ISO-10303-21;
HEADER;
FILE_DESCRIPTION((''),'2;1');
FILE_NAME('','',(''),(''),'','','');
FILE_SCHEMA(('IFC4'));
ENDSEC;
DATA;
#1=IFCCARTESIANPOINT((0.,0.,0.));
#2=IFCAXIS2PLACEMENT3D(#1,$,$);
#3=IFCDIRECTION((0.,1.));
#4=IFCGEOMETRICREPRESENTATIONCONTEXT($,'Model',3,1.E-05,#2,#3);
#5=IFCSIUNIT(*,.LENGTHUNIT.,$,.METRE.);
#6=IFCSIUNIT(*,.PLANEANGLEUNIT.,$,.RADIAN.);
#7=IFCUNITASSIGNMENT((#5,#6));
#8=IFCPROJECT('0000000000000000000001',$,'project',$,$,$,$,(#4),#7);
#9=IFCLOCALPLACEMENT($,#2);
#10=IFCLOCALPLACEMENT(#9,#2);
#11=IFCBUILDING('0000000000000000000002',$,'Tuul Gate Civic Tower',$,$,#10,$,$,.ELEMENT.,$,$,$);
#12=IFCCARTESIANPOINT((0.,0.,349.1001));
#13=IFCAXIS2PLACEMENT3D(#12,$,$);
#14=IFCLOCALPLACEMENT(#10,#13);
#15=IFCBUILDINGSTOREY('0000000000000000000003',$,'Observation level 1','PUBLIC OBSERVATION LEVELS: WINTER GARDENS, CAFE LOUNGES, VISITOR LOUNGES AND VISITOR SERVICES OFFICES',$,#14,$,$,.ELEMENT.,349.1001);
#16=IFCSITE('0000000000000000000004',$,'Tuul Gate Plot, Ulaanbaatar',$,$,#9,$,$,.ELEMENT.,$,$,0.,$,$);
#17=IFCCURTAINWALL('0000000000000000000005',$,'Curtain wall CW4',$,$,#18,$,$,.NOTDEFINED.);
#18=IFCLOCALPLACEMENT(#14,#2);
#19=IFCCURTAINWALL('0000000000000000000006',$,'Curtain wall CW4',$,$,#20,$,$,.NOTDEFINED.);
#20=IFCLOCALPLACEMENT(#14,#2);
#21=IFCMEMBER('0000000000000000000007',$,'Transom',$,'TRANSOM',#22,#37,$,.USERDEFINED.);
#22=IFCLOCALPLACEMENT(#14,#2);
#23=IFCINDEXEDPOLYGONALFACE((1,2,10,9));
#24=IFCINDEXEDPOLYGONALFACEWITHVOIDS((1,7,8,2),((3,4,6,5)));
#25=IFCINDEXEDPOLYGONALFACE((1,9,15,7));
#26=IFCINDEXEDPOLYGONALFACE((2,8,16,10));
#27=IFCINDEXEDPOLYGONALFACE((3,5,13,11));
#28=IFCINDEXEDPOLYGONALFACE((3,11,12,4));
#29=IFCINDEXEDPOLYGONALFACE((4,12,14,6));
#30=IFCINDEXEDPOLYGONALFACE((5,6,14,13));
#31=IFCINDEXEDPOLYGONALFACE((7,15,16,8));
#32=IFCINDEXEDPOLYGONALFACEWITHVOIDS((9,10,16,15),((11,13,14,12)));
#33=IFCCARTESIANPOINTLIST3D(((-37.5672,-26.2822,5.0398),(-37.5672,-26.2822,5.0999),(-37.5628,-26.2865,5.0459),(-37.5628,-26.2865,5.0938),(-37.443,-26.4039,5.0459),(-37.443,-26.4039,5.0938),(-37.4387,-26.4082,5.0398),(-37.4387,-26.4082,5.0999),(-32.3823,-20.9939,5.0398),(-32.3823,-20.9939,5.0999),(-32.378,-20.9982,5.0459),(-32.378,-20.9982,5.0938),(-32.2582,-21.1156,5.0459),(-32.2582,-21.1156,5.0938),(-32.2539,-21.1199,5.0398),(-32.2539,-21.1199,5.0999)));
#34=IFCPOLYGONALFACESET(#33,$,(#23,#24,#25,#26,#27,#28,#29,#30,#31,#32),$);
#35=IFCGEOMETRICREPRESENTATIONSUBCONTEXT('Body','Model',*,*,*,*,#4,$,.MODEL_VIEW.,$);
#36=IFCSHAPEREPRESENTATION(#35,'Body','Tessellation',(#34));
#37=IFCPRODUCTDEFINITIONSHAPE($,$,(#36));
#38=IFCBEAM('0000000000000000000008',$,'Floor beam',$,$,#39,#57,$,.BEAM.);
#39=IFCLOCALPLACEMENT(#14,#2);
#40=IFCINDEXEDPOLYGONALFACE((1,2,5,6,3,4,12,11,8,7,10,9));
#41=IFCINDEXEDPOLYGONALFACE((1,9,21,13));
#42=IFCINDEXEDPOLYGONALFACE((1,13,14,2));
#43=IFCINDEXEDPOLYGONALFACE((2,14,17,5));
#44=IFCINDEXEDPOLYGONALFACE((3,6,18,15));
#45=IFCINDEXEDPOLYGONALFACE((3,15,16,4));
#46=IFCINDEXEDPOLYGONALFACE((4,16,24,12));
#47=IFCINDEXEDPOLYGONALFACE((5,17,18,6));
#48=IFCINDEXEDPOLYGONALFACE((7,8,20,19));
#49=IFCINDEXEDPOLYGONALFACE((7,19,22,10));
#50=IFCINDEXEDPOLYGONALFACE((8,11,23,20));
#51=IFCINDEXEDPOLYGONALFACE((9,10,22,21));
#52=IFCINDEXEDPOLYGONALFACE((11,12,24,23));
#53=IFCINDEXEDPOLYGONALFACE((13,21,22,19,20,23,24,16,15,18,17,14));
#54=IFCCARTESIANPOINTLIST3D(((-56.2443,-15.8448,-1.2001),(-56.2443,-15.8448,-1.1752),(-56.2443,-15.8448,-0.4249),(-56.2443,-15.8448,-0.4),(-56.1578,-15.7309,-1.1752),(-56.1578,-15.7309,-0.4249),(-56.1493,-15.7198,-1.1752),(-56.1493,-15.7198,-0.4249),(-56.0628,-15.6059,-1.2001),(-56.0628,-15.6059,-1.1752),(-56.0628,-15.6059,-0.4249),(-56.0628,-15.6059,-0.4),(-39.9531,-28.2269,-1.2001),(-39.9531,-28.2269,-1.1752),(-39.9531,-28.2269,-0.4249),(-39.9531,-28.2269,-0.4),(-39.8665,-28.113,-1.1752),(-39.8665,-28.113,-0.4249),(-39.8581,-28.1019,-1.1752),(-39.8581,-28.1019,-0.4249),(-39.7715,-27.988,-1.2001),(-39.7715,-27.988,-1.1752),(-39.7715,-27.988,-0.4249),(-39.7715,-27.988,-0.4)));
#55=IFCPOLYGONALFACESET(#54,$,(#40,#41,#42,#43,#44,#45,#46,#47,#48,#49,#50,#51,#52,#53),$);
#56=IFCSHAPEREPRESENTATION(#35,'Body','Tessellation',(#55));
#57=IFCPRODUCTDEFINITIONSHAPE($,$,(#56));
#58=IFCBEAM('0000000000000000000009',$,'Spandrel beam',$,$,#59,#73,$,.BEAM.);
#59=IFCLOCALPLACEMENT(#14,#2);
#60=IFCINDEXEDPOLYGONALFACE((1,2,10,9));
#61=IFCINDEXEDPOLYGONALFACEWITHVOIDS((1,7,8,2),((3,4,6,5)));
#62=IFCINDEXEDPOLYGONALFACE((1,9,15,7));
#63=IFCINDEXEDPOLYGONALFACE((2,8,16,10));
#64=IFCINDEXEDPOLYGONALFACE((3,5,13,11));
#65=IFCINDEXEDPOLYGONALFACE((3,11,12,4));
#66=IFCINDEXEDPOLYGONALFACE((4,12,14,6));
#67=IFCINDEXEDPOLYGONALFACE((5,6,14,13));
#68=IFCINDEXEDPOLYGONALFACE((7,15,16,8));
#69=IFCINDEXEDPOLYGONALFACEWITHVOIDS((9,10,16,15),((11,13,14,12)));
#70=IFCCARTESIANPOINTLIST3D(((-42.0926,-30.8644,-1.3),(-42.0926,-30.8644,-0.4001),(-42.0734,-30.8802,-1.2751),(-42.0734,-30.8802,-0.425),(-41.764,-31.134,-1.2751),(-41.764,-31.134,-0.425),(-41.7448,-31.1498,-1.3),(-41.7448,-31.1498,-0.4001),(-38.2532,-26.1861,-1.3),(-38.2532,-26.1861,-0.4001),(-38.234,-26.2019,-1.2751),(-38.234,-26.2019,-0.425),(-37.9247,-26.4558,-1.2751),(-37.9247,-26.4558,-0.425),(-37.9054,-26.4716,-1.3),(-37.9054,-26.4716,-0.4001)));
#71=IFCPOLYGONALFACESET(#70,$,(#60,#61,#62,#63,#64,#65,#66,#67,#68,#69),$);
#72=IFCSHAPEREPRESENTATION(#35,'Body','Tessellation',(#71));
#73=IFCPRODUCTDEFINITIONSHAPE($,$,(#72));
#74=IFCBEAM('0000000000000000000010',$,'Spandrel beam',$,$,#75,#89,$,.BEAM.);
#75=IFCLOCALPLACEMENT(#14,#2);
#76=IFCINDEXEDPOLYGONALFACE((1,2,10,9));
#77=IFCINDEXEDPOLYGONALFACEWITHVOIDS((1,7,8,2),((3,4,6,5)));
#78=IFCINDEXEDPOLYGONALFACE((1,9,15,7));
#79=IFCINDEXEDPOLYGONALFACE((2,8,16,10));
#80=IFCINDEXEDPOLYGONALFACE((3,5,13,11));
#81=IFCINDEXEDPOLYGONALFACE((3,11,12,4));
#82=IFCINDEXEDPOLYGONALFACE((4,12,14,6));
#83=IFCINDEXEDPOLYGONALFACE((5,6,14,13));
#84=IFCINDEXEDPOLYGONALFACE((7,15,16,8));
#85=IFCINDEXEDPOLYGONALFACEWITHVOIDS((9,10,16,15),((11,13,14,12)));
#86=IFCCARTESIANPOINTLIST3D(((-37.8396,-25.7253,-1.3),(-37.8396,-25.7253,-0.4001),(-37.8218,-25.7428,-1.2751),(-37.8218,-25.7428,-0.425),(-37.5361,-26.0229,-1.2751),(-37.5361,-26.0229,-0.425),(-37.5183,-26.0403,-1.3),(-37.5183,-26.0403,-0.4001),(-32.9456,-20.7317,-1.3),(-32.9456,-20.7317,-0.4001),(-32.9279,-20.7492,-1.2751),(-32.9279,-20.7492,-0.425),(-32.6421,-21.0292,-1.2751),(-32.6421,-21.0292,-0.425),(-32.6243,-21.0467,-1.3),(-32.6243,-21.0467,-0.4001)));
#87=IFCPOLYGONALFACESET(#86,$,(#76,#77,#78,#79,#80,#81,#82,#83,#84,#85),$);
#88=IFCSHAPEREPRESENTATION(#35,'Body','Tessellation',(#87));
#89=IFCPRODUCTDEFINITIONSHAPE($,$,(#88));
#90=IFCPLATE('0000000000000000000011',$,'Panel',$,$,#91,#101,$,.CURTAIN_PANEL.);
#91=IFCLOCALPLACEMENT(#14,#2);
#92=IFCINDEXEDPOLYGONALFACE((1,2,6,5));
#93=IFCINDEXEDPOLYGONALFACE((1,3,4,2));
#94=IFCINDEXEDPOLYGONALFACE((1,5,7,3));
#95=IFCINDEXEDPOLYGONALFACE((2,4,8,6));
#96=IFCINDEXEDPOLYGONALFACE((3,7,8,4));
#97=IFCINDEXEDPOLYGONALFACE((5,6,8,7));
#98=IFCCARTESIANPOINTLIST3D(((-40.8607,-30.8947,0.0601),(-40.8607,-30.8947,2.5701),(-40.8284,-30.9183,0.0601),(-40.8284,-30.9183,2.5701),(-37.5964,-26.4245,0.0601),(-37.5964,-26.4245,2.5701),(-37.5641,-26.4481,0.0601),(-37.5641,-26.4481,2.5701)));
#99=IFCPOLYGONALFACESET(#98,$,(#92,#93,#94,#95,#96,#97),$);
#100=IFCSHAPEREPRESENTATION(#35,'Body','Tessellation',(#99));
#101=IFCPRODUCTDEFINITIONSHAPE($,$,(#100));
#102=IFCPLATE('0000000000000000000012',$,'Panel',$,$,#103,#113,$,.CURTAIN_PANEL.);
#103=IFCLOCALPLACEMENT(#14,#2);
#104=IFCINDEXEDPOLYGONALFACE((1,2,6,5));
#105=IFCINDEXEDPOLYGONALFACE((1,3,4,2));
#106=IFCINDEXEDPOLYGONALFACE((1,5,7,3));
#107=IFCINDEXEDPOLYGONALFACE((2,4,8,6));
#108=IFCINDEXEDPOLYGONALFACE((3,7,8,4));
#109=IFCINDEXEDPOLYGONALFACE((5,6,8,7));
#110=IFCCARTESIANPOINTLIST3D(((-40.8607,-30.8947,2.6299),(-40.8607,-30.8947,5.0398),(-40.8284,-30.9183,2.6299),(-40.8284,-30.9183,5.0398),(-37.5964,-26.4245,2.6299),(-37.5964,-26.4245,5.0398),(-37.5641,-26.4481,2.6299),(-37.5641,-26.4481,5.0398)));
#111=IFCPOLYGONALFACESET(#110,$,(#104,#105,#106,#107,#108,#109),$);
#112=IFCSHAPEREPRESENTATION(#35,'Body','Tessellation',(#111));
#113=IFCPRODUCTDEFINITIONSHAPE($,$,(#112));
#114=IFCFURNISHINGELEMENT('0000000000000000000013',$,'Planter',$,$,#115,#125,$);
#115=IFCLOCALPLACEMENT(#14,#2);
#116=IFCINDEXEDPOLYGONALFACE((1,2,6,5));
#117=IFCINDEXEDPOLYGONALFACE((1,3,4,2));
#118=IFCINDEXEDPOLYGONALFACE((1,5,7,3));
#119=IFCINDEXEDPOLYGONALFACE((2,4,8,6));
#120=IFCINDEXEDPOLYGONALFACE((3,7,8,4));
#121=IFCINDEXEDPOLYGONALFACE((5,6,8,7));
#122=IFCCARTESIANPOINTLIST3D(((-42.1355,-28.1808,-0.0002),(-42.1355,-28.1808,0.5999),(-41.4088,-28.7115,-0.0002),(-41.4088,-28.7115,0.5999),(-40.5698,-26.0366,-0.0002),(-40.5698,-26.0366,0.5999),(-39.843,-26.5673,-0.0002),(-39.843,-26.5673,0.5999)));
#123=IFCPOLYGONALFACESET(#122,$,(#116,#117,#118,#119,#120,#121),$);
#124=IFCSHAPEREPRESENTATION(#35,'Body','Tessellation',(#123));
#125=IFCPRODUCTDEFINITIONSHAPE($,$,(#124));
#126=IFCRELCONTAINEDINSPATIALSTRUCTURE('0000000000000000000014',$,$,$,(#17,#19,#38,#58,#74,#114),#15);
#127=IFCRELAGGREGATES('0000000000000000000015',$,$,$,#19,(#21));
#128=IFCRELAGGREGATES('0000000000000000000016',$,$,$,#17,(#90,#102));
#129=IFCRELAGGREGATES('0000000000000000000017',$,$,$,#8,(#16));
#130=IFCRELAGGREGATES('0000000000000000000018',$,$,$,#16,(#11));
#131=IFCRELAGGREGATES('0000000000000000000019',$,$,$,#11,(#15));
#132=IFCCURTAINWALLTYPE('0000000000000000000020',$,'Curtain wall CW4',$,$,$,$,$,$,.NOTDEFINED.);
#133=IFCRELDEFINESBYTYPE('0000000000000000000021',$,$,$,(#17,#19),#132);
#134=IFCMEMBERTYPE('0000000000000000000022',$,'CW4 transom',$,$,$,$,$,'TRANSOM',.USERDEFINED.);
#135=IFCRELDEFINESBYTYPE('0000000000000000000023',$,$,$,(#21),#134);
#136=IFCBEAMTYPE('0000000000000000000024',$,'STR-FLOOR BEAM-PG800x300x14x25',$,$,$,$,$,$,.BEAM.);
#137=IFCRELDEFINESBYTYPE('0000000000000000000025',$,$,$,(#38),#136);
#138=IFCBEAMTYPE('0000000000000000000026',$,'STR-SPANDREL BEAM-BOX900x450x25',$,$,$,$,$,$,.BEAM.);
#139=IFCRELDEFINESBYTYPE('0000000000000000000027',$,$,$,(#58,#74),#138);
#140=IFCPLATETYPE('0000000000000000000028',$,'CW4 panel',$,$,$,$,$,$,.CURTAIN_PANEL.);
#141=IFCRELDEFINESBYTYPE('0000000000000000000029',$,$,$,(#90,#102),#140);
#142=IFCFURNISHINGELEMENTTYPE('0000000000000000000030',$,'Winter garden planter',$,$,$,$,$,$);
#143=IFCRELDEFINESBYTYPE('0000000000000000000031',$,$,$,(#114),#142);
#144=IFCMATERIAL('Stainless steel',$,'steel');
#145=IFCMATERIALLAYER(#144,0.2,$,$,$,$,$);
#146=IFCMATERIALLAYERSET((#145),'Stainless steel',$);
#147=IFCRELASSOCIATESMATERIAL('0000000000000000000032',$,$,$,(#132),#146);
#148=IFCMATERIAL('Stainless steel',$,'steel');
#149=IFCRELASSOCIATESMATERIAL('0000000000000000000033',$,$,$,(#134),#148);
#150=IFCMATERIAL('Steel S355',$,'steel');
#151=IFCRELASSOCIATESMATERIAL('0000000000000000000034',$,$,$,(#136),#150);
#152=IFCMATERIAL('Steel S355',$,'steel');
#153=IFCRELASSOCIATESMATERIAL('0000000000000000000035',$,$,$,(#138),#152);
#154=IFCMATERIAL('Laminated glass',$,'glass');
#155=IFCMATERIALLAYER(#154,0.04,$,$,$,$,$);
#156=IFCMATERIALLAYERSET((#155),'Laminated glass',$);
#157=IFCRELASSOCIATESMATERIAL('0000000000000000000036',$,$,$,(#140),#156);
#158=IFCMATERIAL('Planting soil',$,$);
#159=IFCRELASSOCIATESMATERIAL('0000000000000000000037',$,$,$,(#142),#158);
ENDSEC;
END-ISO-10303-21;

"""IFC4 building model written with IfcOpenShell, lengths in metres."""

from ifc_helpers import new_model, si_unit, direction, frame, origin, origin_2d, place, context, subcontext, project, spatial, rectangle, hollow_rectangle, i_section, extrude, material, layer, layer_set, material_profile, profile_set, type_object, element, aggregate, save


model = new_model("IFC4")

# Units and contexts
model_context = context("Model", 3, precision=1e-05, world=origin(), true_north=direction((0.0, 1.0)))
body_context = subcontext(model_context, "Body", "Model", "MODEL_VIEW")
ifc_project = project(units=[si_unit("LENGTHUNIT", "METRE"), si_unit("PLANEANGLEUNIT", "RADIAN")], contexts=[model_context])

# Site, building, storey
site_placement = place(None, origin())
site = spatial("IfcSite", under=ifc_project, at=site_placement, Name="Tuul Gate Plot, Ulaanbaatar", CompositionType="ELEMENT", RefElevation=0.0)
building_placement = place(site_placement, origin())
building = spatial("IfcBuilding", under=site, at=building_placement, Name="Tuul Gate Civic Tower", CompositionType="ELEMENT")
storey_placement = place(building_placement, frame((0.0, 0.0, 349.1001)))
storey = spatial("IfcBuildingStorey", under=building, at=storey_placement, Name="Observation level 1", Description="PUBLIC OBSERVATION LEVELS: WINTER GARDENS, CAFE LOUNGES, VISITOR LOUNGES AND VISITOR SERVICES OFFICES", CompositionType="ELEMENT", Elevation=349.1001)

# Shared definitions
ifc_material_1 = material(Name="Stainless steel", Category="steel")
ifc_layer_1 = layer(ifc_material_1, 0.2)
ifc_layer_set_1 = layer_set([ifc_layer_1], Name="Stainless steel")
curtain_wall_type = type_object("IfcCurtainWallType", Name="Curtain wall CW4", PredefinedType="NOTDEFINED", material=ifc_layer_set_1)

# Curtain wall
curtain_wall_1_placement = place(storey_placement, origin())
curtain_wall_1 = element("IfcCurtainWall", 1, at=curtain_wall_1_placement, inside=storey, type_object=curtain_wall_type, Name="Curtain wall CW4", PredefinedType="NOTDEFINED")

# Curtain wall
curtain_wall_2_placement = place(storey_placement, origin())
curtain_wall_2 = element("IfcCurtainWall", 2, at=curtain_wall_2_placement, inside=storey, type_object=curtain_wall_type, Name="Curtain wall CW4", PredefinedType="NOTDEFINED")

# Member
ifc_material_2 = material(Name="Stainless steel", Category="steel")
ifc_material_profile_1 = material_profile(ifc_material_2, hollow_rectangle(XDim=0.1799, YDim=0.0601, WallThickness=0.0061, at=origin_2d()), Name="CW4 transom")
ifc_profile_set_1 = profile_set([ifc_material_profile_1], Name="Stainless steel")
member_type_1 = type_object("IfcMemberType", Name="CW4 transom", ElementType="TRANSOM", PredefinedType="USERDEFINED", material=ifc_profile_set_1)
member_1_placement = place(storey_placement, frame((-37.5029, -26.3452, 5.0698), z_axis=(0.700084, 0.714061, 0.0), x_axis=(-0.714061, 0.700084, 0.0)))
member_1 = element("IfcMember", 3, at=member_1_placement, type_object=member_type_1, Name="Transom", ObjectType="TRANSOM", PredefinedType="USERDEFINED", context=body_context, shape_type="SweptSolid", body=[
    extrude(hollow_rectangle(XDim=0.1799, YDim=0.0601, WallThickness=0.0061, at=origin_2d()), origin(), (0.0, 0.0, 1.0), 7.406),
])
aggregate(curtain_wall_2, [member_1])

# Beams
ifc_material_3 = material(Name="Steel S355", Category="steel")
ifc_material_profile_2 = material_profile(ifc_material_3, i_section(OverallWidth=0.3, OverallDepth=0.8, WebThickness=0.0139, FlangeThickness=0.0249, at=origin_2d()), Name="PG800x300x14x25")
ifc_profile_set_2 = profile_set([ifc_material_profile_2], Name="Steel S355")
beam_type_1 = type_object("IfcBeamType", Name="STR-FLOOR BEAM-PG800x300x14x25", PredefinedType="BEAM", material=ifc_profile_set_2)
beam_1_placement = place(storey_placement, frame((-39.8623, -28.1074, -0.8), z_axis=(-0.796145, 0.605106, 0.0), x_axis=(-0.605106, -0.796145, 0.0)))
element("IfcBeam", 4, at=beam_1_placement, inside=storey, type_object=beam_type_1, Name="Floor beam", PredefinedType="BEAM", context=body_context, shape_type="SweptSolid", body=[
    extrude(i_section(OverallWidth=0.3, OverallDepth=0.8, WebThickness=0.0139, FlangeThickness=0.0249, at=origin_2d()), origin(), (0.0, 0.0, 1.0), 20.4626),
])
ifc_material_4 = material(Name="Steel S355", Category="steel")
ifc_material_profile_3 = material_profile(ifc_material_4, hollow_rectangle(XDim=0.45, YDim=0.8999, WallThickness=0.0249, at=origin_2d()), Name="BOX900x450x25")
ifc_profile_set_3 = profile_set([ifc_material_profile_3], Name="Steel S355")
beam_type_2 = type_object("IfcBeamType", Name="STR-SPANDREL BEAM-BOX900x450x25", PredefinedType="BEAM", material=ifc_profile_set_3)
beam_2_placement = place(storey_placement, frame((-41.9187, -31.0071, -0.8501), z_axis=(0.634397, 0.773007, 0.0), x_axis=(-0.773007, 0.634397, 0.0)))
element("IfcBeam", 5, at=beam_2_placement, inside=storey, type_object=beam_type_2, Name="Spandrel beam", PredefinedType="BEAM", context=body_context, shape_type="SweptSolid", body=[
    extrude(hollow_rectangle(XDim=0.45, YDim=0.8999, WallThickness=0.0249, at=origin_2d()), origin(), (0.0, 0.0, 1.0), 6.052),
])
beam_3_placement = place(storey_placement, frame((-37.679, -25.8828, -0.8501), z_axis=(0.699948, 0.714194, 0.0), x_axis=(-0.714194, 0.699948, 0.0)))
element("IfcBeam", 6, at=beam_3_placement, inside=storey, type_object=beam_type_2, Name="Spandrel beam", PredefinedType="BEAM", context=body_context, shape_type="SweptSolid", body=[
    extrude(hollow_rectangle(XDim=0.45, YDim=0.8999, WallThickness=0.0249, at=origin_2d()), origin(), (0.0, 0.0, 1.0), 6.9919),
])

# Plates
ifc_material_5 = material(Name="Laminated glass", Category="glass")
ifc_layer_2 = layer(ifc_material_5, 0.04)
ifc_layer_set_2 = layer_set([ifc_layer_2], Name="Laminated glass")
plate_type = type_object("IfcPlateType", Name="CW4 panel", PredefinedType="CURTAIN_PANEL", material=ifc_layer_set_2)
plate_1_placement = place(storey_placement, frame((-39.2124, -28.6714, 0.0601), z_axis=(0.0, 0.0, 1.0), x_axis=(0.589737, 0.807595, 0.0)))
plate_1 = element("IfcPlate", 7, at=plate_1_placement, type_object=plate_type, Name="Panel", PredefinedType="CURTAIN_PANEL", context=body_context, shape_type="SweptSolid", body=[
    extrude(rectangle(XDim=5.5352, YDim=0.04, at=origin_2d()), origin(), (0.0, 0.0, 1.0), 2.51),
])
plate_2_placement = place(storey_placement, frame((-39.2124, -28.6714, 2.6299), z_axis=(0.0, 0.0, 1.0), x_axis=(0.589737, 0.807595, 0.0)))
plate_2 = element("IfcPlate", 8, at=plate_2_placement, type_object=plate_type, Name="Panel", PredefinedType="CURTAIN_PANEL", context=body_context, shape_type="SweptSolid", body=[
    extrude(rectangle(XDim=5.5352, YDim=0.04, at=origin_2d()), origin(), (0.0, 0.0, 1.0), 2.4099),
])
aggregate(curtain_wall_1, [plate_1, plate_2])

# Furnishing element
ifc_material_6 = material(Name="Planting soil")
furnishing_element_type = type_object("IfcFurnishingElementType", Name="Winter garden planter", material=ifc_material_6)
furnishing_placement = place(storey_placement, frame((-40.9893, -27.374, -0.0002), z_axis=(0.0, 0.0, 1.0), x_axis=(0.589737, 0.807595, 0.0)))
element("IfcFurnishingElement", 9, at=furnishing_placement, inside=storey, type_object=furnishing_element_type, Name="Planter", context=body_context, shape_type="SweptSolid", body=[
    extrude(rectangle(XDim=2.655, YDim=0.8999, at=origin_2d()), origin(), (0.0, 0.0, 1.0), 0.6001),
])

save(model, "model.ifc")
